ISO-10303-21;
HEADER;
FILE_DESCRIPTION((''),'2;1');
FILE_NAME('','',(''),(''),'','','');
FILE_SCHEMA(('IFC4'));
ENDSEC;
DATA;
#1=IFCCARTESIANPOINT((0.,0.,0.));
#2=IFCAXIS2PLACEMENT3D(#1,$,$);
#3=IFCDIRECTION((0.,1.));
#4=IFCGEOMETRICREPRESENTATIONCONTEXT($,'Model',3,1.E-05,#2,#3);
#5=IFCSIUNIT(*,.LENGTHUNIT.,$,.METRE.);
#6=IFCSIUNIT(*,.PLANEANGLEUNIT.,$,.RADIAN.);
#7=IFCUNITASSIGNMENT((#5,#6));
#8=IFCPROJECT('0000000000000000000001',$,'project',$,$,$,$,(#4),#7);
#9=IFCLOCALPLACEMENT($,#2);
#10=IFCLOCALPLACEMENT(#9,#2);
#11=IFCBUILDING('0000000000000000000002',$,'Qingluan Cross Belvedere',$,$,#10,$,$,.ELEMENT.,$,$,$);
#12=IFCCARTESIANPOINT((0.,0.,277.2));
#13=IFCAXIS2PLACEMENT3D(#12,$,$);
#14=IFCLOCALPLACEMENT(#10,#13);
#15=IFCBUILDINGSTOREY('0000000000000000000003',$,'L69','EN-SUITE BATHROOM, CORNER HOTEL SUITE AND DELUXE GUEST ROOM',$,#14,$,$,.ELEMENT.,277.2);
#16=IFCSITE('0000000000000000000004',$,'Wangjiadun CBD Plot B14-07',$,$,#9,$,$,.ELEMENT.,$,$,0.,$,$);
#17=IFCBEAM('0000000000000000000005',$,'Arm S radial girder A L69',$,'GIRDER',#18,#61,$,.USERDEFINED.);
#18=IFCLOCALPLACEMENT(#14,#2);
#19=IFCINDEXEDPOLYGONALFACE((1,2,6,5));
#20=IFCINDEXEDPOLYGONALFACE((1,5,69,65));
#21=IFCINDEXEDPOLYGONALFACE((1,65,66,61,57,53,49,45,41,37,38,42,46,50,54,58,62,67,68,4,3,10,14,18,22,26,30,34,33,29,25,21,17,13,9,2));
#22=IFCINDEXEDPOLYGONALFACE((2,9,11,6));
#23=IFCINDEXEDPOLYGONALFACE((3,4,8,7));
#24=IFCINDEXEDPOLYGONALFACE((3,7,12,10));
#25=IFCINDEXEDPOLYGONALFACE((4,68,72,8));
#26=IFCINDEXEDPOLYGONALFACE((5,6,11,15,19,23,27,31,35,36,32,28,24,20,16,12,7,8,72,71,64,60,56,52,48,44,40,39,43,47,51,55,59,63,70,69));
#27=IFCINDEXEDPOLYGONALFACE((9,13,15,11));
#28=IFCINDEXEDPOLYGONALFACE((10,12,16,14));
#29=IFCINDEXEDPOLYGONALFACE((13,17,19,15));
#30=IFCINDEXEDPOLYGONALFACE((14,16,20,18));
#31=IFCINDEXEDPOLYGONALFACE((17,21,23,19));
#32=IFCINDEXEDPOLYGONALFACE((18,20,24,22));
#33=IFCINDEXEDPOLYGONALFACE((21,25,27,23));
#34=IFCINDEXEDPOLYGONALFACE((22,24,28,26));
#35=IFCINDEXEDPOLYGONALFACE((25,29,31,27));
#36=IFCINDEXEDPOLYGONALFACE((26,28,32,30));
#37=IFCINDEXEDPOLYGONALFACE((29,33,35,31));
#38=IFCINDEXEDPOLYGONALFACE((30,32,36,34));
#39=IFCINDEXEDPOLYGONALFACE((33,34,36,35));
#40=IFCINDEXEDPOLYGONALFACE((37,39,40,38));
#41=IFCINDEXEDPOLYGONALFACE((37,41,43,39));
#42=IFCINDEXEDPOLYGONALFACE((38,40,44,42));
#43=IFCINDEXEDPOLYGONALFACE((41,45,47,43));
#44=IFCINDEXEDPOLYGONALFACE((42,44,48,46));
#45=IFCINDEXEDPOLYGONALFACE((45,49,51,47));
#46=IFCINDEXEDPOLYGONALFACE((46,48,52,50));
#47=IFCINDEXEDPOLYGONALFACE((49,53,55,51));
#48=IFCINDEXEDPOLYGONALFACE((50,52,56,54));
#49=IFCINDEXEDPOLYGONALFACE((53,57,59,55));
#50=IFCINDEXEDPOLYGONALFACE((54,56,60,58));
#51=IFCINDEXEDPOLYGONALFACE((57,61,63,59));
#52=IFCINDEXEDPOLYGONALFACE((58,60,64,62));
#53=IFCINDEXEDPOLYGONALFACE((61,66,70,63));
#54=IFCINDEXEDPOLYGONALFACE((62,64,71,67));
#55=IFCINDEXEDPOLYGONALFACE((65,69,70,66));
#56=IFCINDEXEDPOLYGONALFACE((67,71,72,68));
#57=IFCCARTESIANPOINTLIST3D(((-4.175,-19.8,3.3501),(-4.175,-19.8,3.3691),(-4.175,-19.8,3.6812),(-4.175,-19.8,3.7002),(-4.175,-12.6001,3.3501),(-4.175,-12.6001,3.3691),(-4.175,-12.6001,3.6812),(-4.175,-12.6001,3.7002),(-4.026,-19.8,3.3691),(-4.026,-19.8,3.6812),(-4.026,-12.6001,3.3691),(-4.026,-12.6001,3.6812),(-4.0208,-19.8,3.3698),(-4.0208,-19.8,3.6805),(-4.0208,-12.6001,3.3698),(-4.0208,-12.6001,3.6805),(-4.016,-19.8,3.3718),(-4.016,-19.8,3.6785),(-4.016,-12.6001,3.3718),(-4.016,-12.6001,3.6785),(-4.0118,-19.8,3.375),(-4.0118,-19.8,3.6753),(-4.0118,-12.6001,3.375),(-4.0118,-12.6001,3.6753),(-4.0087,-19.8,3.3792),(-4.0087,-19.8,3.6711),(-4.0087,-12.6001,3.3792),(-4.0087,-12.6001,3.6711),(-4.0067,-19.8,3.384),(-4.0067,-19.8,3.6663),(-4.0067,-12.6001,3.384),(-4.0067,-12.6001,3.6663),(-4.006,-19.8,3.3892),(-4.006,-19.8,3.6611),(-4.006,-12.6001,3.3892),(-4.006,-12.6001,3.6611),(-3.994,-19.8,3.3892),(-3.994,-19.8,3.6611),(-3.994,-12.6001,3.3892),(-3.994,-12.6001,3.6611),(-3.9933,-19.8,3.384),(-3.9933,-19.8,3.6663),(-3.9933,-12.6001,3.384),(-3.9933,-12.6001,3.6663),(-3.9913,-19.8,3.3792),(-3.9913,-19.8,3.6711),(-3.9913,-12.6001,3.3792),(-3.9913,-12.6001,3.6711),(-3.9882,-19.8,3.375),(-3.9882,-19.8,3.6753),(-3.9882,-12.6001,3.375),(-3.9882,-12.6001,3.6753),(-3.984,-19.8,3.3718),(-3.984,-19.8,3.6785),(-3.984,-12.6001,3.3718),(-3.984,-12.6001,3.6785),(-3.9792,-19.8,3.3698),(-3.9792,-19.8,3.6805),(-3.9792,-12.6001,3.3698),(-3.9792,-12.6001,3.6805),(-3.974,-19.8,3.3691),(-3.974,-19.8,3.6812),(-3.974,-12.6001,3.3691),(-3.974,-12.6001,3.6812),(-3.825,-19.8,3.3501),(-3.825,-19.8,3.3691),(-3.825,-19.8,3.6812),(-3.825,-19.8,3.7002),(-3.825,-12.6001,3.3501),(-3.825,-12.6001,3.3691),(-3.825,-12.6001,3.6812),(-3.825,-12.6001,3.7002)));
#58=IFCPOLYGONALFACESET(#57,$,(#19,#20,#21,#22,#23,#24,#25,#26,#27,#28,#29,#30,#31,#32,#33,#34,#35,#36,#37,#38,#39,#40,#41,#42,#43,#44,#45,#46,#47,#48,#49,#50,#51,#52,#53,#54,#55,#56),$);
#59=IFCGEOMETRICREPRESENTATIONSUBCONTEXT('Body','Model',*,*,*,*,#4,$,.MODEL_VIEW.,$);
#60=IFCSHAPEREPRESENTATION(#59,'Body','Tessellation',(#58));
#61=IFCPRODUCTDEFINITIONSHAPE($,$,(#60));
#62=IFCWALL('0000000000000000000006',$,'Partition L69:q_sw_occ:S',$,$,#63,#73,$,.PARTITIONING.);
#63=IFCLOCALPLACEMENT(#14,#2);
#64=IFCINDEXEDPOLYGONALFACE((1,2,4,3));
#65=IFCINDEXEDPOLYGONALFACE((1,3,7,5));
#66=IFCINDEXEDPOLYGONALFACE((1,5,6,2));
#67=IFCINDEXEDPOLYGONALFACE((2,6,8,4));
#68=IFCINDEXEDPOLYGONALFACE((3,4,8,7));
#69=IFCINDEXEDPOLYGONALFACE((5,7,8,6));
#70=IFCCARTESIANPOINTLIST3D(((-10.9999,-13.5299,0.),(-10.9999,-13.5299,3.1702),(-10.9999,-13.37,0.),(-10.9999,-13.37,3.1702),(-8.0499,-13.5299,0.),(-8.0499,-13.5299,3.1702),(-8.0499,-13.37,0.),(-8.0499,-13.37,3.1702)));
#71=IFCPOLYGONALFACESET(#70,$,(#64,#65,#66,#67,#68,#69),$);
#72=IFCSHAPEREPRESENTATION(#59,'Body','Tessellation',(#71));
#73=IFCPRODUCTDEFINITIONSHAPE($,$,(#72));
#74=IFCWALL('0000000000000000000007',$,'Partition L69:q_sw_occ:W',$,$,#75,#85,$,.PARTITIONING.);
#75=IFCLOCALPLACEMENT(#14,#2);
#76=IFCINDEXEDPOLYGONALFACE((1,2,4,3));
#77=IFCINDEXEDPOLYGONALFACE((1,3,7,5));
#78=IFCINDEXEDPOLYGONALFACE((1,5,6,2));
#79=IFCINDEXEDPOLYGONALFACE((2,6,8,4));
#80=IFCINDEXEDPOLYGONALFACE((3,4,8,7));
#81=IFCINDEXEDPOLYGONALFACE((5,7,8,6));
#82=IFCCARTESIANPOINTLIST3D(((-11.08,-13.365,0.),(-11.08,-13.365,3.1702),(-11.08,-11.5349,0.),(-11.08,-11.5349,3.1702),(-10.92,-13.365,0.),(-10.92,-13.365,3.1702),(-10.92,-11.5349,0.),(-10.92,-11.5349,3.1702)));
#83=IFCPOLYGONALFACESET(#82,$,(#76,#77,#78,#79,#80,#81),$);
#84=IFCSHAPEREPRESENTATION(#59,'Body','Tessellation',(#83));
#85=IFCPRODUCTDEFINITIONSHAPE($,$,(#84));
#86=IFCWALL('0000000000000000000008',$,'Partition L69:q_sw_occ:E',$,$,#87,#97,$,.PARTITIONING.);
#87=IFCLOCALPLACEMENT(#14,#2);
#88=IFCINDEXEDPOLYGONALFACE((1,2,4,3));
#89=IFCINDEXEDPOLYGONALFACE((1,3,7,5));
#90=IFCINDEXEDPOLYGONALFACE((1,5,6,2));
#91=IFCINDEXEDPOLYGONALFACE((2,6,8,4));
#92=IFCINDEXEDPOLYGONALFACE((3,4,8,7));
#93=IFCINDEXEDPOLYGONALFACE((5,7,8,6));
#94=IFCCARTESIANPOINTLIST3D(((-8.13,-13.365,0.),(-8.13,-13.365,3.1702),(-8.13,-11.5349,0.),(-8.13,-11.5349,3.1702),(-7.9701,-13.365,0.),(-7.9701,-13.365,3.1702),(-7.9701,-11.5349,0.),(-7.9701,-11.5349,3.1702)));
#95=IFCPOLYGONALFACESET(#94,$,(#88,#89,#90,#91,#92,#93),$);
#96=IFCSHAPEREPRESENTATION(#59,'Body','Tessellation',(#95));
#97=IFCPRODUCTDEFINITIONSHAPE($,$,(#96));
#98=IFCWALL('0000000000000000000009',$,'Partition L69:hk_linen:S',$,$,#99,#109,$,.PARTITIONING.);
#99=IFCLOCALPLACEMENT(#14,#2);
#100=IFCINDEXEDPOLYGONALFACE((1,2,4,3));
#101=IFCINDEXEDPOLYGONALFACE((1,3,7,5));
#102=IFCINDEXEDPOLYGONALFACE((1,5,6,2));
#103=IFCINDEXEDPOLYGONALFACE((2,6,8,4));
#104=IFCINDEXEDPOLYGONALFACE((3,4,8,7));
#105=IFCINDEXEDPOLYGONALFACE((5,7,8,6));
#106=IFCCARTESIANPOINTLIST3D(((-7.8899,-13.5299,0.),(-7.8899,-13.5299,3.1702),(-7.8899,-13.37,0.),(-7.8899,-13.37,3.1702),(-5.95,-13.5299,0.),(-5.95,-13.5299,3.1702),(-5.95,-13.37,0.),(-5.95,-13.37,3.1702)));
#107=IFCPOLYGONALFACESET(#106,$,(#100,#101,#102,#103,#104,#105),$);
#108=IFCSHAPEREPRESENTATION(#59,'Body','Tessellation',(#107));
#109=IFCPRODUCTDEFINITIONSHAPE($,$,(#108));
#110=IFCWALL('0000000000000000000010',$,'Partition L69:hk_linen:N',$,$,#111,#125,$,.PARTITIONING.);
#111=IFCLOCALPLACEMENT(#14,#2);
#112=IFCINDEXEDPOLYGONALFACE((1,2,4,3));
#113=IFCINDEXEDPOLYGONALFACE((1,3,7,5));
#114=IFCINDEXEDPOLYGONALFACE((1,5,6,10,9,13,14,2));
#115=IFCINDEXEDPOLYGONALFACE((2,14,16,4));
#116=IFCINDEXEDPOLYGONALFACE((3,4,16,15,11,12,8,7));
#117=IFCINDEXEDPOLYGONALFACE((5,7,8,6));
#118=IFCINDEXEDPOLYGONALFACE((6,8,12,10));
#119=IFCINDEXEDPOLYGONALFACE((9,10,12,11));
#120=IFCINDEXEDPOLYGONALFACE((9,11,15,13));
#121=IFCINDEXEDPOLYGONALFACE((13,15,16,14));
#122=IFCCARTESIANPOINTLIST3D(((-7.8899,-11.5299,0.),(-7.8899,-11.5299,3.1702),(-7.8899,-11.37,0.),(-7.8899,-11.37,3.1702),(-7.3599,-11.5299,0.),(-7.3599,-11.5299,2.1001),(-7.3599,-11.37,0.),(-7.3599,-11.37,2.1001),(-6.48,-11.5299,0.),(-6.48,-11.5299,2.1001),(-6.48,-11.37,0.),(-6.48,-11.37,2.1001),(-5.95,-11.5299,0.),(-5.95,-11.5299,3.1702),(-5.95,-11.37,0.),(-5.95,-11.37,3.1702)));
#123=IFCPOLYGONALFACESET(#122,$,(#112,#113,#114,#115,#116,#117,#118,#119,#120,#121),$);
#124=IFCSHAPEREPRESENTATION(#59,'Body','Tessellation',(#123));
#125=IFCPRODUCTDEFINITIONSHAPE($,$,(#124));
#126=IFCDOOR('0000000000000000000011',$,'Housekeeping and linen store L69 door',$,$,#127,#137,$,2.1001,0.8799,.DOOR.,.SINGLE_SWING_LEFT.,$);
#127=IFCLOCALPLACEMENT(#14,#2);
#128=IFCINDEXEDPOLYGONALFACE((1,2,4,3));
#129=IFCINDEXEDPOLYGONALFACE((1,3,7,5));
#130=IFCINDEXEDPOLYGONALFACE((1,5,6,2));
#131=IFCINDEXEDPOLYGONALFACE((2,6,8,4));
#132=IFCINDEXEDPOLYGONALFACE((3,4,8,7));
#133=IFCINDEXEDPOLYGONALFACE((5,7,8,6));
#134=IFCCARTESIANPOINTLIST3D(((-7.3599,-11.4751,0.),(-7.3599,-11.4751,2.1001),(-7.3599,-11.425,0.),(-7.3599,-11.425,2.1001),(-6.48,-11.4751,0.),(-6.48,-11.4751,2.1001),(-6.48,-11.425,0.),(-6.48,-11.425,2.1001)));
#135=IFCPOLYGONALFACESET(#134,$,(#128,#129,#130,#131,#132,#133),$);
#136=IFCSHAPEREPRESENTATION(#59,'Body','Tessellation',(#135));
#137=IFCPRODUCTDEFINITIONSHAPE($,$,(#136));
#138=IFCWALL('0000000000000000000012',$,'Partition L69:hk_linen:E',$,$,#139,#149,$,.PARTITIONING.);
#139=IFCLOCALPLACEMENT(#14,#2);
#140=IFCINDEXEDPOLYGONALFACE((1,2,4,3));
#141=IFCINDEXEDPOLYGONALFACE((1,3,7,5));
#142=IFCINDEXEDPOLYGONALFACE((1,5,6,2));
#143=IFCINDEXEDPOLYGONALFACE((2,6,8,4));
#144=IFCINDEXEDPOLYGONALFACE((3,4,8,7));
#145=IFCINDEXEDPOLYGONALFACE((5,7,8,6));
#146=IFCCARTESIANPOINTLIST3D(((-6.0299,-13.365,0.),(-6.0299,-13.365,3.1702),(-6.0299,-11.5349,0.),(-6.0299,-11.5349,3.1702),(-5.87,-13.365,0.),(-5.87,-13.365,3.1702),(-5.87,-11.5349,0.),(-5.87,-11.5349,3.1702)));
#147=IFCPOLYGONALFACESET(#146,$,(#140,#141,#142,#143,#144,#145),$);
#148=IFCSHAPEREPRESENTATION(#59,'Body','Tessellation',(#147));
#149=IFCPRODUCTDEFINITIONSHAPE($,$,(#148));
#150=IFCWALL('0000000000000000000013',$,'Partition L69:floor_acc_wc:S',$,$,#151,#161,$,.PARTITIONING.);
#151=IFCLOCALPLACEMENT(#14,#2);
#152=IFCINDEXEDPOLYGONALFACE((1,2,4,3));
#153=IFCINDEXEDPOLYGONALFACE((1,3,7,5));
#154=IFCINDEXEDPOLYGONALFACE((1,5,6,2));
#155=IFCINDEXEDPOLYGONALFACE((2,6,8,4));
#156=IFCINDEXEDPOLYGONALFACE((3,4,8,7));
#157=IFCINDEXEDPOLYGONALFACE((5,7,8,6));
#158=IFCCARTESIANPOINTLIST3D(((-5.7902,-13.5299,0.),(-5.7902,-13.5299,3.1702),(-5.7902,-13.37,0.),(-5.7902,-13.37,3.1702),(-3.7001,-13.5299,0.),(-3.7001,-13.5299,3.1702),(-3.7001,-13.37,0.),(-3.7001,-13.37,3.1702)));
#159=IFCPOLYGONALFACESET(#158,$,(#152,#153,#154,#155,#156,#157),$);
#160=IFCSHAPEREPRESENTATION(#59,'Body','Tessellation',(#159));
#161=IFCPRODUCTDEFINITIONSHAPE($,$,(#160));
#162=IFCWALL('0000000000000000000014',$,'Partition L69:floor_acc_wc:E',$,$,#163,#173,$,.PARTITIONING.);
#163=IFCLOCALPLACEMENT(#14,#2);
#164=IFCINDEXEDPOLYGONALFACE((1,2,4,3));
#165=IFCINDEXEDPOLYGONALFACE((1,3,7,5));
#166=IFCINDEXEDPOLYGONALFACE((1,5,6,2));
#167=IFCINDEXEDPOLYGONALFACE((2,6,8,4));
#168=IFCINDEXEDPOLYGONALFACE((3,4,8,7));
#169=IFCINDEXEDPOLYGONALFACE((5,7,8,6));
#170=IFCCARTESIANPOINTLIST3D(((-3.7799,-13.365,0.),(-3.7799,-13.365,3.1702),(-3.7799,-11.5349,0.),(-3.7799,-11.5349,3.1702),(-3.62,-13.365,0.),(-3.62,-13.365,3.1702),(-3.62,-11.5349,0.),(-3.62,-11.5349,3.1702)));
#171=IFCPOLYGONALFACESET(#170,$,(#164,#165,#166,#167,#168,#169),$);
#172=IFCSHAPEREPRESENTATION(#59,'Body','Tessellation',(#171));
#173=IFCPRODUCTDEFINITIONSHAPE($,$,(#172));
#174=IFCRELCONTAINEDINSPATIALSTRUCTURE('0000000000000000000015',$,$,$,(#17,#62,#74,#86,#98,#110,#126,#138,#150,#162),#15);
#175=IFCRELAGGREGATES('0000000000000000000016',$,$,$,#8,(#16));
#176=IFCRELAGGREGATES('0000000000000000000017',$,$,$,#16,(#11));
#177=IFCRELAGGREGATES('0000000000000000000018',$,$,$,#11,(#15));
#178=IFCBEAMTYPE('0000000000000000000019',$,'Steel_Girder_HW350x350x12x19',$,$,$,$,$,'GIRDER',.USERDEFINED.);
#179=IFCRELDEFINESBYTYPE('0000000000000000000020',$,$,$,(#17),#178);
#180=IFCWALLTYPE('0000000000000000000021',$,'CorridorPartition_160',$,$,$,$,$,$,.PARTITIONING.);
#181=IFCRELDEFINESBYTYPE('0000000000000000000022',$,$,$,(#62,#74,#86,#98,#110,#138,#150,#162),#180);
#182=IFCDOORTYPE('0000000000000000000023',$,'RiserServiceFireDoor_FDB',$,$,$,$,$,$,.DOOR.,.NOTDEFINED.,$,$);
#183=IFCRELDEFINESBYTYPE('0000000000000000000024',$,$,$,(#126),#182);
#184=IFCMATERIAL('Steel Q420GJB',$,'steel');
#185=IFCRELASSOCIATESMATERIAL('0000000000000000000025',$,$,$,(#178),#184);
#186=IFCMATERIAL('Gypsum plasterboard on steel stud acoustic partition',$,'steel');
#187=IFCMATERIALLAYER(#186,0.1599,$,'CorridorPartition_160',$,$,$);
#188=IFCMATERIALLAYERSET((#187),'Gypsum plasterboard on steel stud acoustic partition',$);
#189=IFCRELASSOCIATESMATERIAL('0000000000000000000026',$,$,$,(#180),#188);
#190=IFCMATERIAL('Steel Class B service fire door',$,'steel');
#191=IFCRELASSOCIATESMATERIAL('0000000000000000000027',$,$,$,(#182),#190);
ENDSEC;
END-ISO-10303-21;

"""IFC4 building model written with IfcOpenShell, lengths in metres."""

from ifc_helpers import new_model, si_unit, direction, frame, frame_2d, origin, origin_2d, place, context, subcontext, project, spatial, rectangle, i_section, extrude, material, layer, layer_set, material_profile, profile_set, type_object, element, fill, save


model = new_model("IFC4")

# Units and contexts
model_context = context("Model", 3, precision=1e-05, world=origin(), true_north=direction((0.0, 1.0)))
body_context = subcontext(model_context, "Body", "Model", "MODEL_VIEW")
ifc_project = project(units=[si_unit("LENGTHUNIT", "METRE"), si_unit("PLANEANGLEUNIT", "RADIAN")], contexts=[model_context])

# Site, building, storey
site_placement = place(None, origin())
site = spatial("IfcSite", under=ifc_project, at=site_placement, Name="Wangjiadun CBD Plot B14-07", CompositionType="ELEMENT", RefElevation=0.0)
building_placement = place(site_placement, origin())
building = spatial("IfcBuilding", under=site, at=building_placement, Name="Qingluan Cross Belvedere", CompositionType="ELEMENT")
storey_placement = place(building_placement, frame((0.0, 0.0, 277.2)))
storey = spatial("IfcBuildingStorey", under=building, at=storey_placement, Name="L69", Description="EN-SUITE BATHROOM, CORNER HOTEL SUITE AND DELUXE GUEST ROOM", CompositionType="ELEMENT", Elevation=277.2)

# Beam
ifc_material_1 = material(Name="Steel Q420GJB", Category="steel")
ifc_material_profile_1 = material_profile(ifc_material_1, i_section(OverallWidth=0.3501, OverallDepth=0.3501, WebThickness=0.012, FlangeThickness=0.019, FilletRadius=0.02, at=origin_2d()), Name="HW350x350x12x19")
ifc_profile_set_1 = profile_set([ifc_material_profile_1], Name="Steel Q420GJB")
beam_type_1 = type_object("IfcBeamType", Name="Steel_Girder_HW350x350x12x19", ElementType="GIRDER", PredefinedType="USERDEFINED", material=ifc_profile_set_1)
beam_1_placement = place(storey_placement, frame((-4.0, -12.6001, 3.5251), z_axis=(0.0, -1.0, 0.0), x_axis=(1.0, 0.0, 0.0)))
element("IfcBeam", 1, at=beam_1_placement, inside=storey, type_object=beam_type_1, Name="Arm S radial girder A L69", ObjectType="GIRDER", PredefinedType="USERDEFINED", context=body_context, shape_type="SweptSolid", body=[
    extrude(i_section(OverallWidth=0.3501, OverallDepth=0.3501, WebThickness=0.012, FlangeThickness=0.019, FilletRadius=0.02, at=origin_2d()), origin(), (0.0, 0.0, 1.0), 7.2),
])

# Wall
ifc_material_2 = material(Name="Gypsum plasterboard on steel stud acoustic partition", Category="steel")
ifc_layer = layer(ifc_material_2, 0.1599, Name="CorridorPartition_160")
ifc_layer_set = layer_set([ifc_layer], Name="Gypsum plasterboard on steel stud acoustic partition")
wall_type = type_object("IfcWallType", Name="CorridorPartition_160", PredefinedType="PARTITIONING", material=ifc_layer_set)
wall_1_placement = place(storey_placement, frame((-11.0, -13.45, 0.0), z_axis=(0.0, 0.0, 1.0), x_axis=(1.0, 0.0, 0.0)))
element("IfcWall", 2, at=wall_1_placement, inside=storey, type_object=wall_type, Name="Partition L69:q_sw_occ:S", PredefinedType="PARTITIONING", context=body_context, shape_type="SweptSolid", body=[
    extrude(rectangle(XDim=2.95, YDim=0.1599, at=frame_2d((1.4751, 0.0))), origin(), (0.0, 0.0, 1.0), 3.1702),
])

# Walls
for number, where, z_axis, x_axis, name in (
    (3, (-11.0, -13.365, 0.0), (0.0, 0.0, 1.0), (0.0, 1.0, 0.0), "Partition L69:q_sw_occ:W"),
    (4, (-8.05, -13.365, 0.0), (0.0, 0.0, 1.0), (0.0, 1.0, 0.0), "Partition L69:q_sw_occ:E"),
):
    element("IfcWall", number, at=place(storey_placement, frame(where, z_axis=z_axis, x_axis=x_axis)), inside=storey, type_object=wall_type, Name=name, PredefinedType="PARTITIONING", context=body_context, shape_type="SweptSolid", body=[
        extrude(rectangle(XDim=1.8301, YDim=0.1599, at=frame_2d((0.915, 0.0))), origin(), (0.0, 0.0, 1.0), 3.1702),
    ])
wall_2_placement = place(storey_placement, frame((-7.8899, -13.45, 0.0), z_axis=(0.0, 0.0, 1.0), x_axis=(1.0, 0.0, 0.0)))
element("IfcWall", 5, at=wall_2_placement, inside=storey, type_object=wall_type, Name="Partition L69:hk_linen:S", PredefinedType="PARTITIONING", context=body_context, shape_type="SweptSolid", body=[
    extrude(rectangle(XDim=1.9399, YDim=0.1599, at=frame_2d((0.97, 0.0))), origin(), (0.0, 0.0, 1.0), 3.1702),
])

# Wall, opening, door
wall_3_placement = place(storey_placement, frame((-7.8899, -11.45, 0.0), z_axis=(0.0, 0.0, 1.0), x_axis=(1.0, 0.0, 0.0)))
wall_3 = element("IfcWall", 6, at=wall_3_placement, inside=storey, type_object=wall_type, Name="Partition L69:hk_linen:N", PredefinedType="PARTITIONING", context=body_context, shape_type="SweptSolid", body=[
    extrude(rectangle(XDim=1.9399, YDim=0.1599, at=frame_2d((0.97, 0.0))), origin(), (0.0, 0.0, 1.0), 3.1702),
])
opening_1_placement = place(wall_3_placement, frame((0.53, 0.0, 0.0)))
opening_1 = element("IfcOpeningElement", 7, at=opening_1_placement, cuts=wall_3, PredefinedType="OPENING", context=body_context, shape_type="SweptSolid", body=[
    extrude(rectangle(XDim=0.8799, YDim=2.1001, at=frame_2d((0.4399, 1.05))), frame((0.0, 0.0898, 0.0), z_axis=(0.0, -1.0, 0.0), x_axis=(1.0, 0.0, 0.0)), (0.0, 0.0, 1.0), 0.1799),
])
ifc_material_3 = material(Name="Steel Class B service fire door", Category="steel")
door_type_1 = type_object("IfcDoorType", Name="RiserServiceFireDoor_FDB", OperationType="NOTDEFINED", PredefinedType="DOOR", material=ifc_material_3)
door_1_placement = place(opening_1_placement, origin())
door_1 = element("IfcDoor", 8, at=door_1_placement, inside=storey, type_object=door_type_1, Name="Housekeeping and linen store L69 door", OperationType="SINGLE_SWING_LEFT", OverallHeight=2.1001, OverallWidth=0.8799, PredefinedType="DOOR", context=body_context, shape_type="SweptSolid", body=[
    extrude(rectangle(XDim=0.8799, YDim=2.1001, at=frame_2d((0.4399, 1.05))), frame((0.0, 0.0249, 0.0), z_axis=(0.0, -1.0, 0.0), x_axis=(1.0, 0.0, 0.0)), (0.0, 0.0, 1.0), 0.05),
])
fill(opening_1, door_1)

# Walls
wall_4_placement = place(storey_placement, frame((-5.95, -13.365, 0.0), z_axis=(0.0, 0.0, 1.0), x_axis=(0.0, 1.0, 0.0)))
element("IfcWall", 9, at=wall_4_placement, inside=storey, type_object=wall_type, Name="Partition L69:hk_linen:E", PredefinedType="PARTITIONING", context=body_context, shape_type="SweptSolid", body=[
    extrude(rectangle(XDim=1.8301, YDim=0.1599, at=frame_2d((0.915, 0.0))), origin(), (0.0, 0.0, 1.0), 3.1702),
])
wall_5_placement = place(storey_placement, frame((-5.79, -13.45, 0.0), z_axis=(0.0, 0.0, 1.0), x_axis=(1.0, 0.0, 0.0)))
element("IfcWall", 10, at=wall_5_placement, inside=storey, type_object=wall_type, Name="Partition L69:floor_acc_wc:S", PredefinedType="PARTITIONING", context=body_context, shape_type="SweptSolid", body=[
    extrude(rectangle(XDim=2.0901, YDim=0.1599, at=frame_2d((1.0449, 0.0))), origin(), (0.0, 0.0, 1.0), 3.1702),
])

# Wall
wall_6_placement = place(storey_placement, frame((-3.7, -13.365, 0.0), z_axis=(0.0, 0.0, 1.0), x_axis=(0.0, 1.0, 0.0)))
element("IfcWall", 11, at=wall_6_placement, inside=storey, type_object=wall_type, Name="Partition L69:floor_acc_wc:E", PredefinedType="PARTITIONING", context=body_context, shape_type="SweptSolid", body=[
    extrude(rectangle(XDim=1.8301, YDim=0.1599, at=frame_2d((0.915, 0.0))), origin(), (0.0, 0.0, 1.0), 3.1702),
])

save(model, "model.ifc")
